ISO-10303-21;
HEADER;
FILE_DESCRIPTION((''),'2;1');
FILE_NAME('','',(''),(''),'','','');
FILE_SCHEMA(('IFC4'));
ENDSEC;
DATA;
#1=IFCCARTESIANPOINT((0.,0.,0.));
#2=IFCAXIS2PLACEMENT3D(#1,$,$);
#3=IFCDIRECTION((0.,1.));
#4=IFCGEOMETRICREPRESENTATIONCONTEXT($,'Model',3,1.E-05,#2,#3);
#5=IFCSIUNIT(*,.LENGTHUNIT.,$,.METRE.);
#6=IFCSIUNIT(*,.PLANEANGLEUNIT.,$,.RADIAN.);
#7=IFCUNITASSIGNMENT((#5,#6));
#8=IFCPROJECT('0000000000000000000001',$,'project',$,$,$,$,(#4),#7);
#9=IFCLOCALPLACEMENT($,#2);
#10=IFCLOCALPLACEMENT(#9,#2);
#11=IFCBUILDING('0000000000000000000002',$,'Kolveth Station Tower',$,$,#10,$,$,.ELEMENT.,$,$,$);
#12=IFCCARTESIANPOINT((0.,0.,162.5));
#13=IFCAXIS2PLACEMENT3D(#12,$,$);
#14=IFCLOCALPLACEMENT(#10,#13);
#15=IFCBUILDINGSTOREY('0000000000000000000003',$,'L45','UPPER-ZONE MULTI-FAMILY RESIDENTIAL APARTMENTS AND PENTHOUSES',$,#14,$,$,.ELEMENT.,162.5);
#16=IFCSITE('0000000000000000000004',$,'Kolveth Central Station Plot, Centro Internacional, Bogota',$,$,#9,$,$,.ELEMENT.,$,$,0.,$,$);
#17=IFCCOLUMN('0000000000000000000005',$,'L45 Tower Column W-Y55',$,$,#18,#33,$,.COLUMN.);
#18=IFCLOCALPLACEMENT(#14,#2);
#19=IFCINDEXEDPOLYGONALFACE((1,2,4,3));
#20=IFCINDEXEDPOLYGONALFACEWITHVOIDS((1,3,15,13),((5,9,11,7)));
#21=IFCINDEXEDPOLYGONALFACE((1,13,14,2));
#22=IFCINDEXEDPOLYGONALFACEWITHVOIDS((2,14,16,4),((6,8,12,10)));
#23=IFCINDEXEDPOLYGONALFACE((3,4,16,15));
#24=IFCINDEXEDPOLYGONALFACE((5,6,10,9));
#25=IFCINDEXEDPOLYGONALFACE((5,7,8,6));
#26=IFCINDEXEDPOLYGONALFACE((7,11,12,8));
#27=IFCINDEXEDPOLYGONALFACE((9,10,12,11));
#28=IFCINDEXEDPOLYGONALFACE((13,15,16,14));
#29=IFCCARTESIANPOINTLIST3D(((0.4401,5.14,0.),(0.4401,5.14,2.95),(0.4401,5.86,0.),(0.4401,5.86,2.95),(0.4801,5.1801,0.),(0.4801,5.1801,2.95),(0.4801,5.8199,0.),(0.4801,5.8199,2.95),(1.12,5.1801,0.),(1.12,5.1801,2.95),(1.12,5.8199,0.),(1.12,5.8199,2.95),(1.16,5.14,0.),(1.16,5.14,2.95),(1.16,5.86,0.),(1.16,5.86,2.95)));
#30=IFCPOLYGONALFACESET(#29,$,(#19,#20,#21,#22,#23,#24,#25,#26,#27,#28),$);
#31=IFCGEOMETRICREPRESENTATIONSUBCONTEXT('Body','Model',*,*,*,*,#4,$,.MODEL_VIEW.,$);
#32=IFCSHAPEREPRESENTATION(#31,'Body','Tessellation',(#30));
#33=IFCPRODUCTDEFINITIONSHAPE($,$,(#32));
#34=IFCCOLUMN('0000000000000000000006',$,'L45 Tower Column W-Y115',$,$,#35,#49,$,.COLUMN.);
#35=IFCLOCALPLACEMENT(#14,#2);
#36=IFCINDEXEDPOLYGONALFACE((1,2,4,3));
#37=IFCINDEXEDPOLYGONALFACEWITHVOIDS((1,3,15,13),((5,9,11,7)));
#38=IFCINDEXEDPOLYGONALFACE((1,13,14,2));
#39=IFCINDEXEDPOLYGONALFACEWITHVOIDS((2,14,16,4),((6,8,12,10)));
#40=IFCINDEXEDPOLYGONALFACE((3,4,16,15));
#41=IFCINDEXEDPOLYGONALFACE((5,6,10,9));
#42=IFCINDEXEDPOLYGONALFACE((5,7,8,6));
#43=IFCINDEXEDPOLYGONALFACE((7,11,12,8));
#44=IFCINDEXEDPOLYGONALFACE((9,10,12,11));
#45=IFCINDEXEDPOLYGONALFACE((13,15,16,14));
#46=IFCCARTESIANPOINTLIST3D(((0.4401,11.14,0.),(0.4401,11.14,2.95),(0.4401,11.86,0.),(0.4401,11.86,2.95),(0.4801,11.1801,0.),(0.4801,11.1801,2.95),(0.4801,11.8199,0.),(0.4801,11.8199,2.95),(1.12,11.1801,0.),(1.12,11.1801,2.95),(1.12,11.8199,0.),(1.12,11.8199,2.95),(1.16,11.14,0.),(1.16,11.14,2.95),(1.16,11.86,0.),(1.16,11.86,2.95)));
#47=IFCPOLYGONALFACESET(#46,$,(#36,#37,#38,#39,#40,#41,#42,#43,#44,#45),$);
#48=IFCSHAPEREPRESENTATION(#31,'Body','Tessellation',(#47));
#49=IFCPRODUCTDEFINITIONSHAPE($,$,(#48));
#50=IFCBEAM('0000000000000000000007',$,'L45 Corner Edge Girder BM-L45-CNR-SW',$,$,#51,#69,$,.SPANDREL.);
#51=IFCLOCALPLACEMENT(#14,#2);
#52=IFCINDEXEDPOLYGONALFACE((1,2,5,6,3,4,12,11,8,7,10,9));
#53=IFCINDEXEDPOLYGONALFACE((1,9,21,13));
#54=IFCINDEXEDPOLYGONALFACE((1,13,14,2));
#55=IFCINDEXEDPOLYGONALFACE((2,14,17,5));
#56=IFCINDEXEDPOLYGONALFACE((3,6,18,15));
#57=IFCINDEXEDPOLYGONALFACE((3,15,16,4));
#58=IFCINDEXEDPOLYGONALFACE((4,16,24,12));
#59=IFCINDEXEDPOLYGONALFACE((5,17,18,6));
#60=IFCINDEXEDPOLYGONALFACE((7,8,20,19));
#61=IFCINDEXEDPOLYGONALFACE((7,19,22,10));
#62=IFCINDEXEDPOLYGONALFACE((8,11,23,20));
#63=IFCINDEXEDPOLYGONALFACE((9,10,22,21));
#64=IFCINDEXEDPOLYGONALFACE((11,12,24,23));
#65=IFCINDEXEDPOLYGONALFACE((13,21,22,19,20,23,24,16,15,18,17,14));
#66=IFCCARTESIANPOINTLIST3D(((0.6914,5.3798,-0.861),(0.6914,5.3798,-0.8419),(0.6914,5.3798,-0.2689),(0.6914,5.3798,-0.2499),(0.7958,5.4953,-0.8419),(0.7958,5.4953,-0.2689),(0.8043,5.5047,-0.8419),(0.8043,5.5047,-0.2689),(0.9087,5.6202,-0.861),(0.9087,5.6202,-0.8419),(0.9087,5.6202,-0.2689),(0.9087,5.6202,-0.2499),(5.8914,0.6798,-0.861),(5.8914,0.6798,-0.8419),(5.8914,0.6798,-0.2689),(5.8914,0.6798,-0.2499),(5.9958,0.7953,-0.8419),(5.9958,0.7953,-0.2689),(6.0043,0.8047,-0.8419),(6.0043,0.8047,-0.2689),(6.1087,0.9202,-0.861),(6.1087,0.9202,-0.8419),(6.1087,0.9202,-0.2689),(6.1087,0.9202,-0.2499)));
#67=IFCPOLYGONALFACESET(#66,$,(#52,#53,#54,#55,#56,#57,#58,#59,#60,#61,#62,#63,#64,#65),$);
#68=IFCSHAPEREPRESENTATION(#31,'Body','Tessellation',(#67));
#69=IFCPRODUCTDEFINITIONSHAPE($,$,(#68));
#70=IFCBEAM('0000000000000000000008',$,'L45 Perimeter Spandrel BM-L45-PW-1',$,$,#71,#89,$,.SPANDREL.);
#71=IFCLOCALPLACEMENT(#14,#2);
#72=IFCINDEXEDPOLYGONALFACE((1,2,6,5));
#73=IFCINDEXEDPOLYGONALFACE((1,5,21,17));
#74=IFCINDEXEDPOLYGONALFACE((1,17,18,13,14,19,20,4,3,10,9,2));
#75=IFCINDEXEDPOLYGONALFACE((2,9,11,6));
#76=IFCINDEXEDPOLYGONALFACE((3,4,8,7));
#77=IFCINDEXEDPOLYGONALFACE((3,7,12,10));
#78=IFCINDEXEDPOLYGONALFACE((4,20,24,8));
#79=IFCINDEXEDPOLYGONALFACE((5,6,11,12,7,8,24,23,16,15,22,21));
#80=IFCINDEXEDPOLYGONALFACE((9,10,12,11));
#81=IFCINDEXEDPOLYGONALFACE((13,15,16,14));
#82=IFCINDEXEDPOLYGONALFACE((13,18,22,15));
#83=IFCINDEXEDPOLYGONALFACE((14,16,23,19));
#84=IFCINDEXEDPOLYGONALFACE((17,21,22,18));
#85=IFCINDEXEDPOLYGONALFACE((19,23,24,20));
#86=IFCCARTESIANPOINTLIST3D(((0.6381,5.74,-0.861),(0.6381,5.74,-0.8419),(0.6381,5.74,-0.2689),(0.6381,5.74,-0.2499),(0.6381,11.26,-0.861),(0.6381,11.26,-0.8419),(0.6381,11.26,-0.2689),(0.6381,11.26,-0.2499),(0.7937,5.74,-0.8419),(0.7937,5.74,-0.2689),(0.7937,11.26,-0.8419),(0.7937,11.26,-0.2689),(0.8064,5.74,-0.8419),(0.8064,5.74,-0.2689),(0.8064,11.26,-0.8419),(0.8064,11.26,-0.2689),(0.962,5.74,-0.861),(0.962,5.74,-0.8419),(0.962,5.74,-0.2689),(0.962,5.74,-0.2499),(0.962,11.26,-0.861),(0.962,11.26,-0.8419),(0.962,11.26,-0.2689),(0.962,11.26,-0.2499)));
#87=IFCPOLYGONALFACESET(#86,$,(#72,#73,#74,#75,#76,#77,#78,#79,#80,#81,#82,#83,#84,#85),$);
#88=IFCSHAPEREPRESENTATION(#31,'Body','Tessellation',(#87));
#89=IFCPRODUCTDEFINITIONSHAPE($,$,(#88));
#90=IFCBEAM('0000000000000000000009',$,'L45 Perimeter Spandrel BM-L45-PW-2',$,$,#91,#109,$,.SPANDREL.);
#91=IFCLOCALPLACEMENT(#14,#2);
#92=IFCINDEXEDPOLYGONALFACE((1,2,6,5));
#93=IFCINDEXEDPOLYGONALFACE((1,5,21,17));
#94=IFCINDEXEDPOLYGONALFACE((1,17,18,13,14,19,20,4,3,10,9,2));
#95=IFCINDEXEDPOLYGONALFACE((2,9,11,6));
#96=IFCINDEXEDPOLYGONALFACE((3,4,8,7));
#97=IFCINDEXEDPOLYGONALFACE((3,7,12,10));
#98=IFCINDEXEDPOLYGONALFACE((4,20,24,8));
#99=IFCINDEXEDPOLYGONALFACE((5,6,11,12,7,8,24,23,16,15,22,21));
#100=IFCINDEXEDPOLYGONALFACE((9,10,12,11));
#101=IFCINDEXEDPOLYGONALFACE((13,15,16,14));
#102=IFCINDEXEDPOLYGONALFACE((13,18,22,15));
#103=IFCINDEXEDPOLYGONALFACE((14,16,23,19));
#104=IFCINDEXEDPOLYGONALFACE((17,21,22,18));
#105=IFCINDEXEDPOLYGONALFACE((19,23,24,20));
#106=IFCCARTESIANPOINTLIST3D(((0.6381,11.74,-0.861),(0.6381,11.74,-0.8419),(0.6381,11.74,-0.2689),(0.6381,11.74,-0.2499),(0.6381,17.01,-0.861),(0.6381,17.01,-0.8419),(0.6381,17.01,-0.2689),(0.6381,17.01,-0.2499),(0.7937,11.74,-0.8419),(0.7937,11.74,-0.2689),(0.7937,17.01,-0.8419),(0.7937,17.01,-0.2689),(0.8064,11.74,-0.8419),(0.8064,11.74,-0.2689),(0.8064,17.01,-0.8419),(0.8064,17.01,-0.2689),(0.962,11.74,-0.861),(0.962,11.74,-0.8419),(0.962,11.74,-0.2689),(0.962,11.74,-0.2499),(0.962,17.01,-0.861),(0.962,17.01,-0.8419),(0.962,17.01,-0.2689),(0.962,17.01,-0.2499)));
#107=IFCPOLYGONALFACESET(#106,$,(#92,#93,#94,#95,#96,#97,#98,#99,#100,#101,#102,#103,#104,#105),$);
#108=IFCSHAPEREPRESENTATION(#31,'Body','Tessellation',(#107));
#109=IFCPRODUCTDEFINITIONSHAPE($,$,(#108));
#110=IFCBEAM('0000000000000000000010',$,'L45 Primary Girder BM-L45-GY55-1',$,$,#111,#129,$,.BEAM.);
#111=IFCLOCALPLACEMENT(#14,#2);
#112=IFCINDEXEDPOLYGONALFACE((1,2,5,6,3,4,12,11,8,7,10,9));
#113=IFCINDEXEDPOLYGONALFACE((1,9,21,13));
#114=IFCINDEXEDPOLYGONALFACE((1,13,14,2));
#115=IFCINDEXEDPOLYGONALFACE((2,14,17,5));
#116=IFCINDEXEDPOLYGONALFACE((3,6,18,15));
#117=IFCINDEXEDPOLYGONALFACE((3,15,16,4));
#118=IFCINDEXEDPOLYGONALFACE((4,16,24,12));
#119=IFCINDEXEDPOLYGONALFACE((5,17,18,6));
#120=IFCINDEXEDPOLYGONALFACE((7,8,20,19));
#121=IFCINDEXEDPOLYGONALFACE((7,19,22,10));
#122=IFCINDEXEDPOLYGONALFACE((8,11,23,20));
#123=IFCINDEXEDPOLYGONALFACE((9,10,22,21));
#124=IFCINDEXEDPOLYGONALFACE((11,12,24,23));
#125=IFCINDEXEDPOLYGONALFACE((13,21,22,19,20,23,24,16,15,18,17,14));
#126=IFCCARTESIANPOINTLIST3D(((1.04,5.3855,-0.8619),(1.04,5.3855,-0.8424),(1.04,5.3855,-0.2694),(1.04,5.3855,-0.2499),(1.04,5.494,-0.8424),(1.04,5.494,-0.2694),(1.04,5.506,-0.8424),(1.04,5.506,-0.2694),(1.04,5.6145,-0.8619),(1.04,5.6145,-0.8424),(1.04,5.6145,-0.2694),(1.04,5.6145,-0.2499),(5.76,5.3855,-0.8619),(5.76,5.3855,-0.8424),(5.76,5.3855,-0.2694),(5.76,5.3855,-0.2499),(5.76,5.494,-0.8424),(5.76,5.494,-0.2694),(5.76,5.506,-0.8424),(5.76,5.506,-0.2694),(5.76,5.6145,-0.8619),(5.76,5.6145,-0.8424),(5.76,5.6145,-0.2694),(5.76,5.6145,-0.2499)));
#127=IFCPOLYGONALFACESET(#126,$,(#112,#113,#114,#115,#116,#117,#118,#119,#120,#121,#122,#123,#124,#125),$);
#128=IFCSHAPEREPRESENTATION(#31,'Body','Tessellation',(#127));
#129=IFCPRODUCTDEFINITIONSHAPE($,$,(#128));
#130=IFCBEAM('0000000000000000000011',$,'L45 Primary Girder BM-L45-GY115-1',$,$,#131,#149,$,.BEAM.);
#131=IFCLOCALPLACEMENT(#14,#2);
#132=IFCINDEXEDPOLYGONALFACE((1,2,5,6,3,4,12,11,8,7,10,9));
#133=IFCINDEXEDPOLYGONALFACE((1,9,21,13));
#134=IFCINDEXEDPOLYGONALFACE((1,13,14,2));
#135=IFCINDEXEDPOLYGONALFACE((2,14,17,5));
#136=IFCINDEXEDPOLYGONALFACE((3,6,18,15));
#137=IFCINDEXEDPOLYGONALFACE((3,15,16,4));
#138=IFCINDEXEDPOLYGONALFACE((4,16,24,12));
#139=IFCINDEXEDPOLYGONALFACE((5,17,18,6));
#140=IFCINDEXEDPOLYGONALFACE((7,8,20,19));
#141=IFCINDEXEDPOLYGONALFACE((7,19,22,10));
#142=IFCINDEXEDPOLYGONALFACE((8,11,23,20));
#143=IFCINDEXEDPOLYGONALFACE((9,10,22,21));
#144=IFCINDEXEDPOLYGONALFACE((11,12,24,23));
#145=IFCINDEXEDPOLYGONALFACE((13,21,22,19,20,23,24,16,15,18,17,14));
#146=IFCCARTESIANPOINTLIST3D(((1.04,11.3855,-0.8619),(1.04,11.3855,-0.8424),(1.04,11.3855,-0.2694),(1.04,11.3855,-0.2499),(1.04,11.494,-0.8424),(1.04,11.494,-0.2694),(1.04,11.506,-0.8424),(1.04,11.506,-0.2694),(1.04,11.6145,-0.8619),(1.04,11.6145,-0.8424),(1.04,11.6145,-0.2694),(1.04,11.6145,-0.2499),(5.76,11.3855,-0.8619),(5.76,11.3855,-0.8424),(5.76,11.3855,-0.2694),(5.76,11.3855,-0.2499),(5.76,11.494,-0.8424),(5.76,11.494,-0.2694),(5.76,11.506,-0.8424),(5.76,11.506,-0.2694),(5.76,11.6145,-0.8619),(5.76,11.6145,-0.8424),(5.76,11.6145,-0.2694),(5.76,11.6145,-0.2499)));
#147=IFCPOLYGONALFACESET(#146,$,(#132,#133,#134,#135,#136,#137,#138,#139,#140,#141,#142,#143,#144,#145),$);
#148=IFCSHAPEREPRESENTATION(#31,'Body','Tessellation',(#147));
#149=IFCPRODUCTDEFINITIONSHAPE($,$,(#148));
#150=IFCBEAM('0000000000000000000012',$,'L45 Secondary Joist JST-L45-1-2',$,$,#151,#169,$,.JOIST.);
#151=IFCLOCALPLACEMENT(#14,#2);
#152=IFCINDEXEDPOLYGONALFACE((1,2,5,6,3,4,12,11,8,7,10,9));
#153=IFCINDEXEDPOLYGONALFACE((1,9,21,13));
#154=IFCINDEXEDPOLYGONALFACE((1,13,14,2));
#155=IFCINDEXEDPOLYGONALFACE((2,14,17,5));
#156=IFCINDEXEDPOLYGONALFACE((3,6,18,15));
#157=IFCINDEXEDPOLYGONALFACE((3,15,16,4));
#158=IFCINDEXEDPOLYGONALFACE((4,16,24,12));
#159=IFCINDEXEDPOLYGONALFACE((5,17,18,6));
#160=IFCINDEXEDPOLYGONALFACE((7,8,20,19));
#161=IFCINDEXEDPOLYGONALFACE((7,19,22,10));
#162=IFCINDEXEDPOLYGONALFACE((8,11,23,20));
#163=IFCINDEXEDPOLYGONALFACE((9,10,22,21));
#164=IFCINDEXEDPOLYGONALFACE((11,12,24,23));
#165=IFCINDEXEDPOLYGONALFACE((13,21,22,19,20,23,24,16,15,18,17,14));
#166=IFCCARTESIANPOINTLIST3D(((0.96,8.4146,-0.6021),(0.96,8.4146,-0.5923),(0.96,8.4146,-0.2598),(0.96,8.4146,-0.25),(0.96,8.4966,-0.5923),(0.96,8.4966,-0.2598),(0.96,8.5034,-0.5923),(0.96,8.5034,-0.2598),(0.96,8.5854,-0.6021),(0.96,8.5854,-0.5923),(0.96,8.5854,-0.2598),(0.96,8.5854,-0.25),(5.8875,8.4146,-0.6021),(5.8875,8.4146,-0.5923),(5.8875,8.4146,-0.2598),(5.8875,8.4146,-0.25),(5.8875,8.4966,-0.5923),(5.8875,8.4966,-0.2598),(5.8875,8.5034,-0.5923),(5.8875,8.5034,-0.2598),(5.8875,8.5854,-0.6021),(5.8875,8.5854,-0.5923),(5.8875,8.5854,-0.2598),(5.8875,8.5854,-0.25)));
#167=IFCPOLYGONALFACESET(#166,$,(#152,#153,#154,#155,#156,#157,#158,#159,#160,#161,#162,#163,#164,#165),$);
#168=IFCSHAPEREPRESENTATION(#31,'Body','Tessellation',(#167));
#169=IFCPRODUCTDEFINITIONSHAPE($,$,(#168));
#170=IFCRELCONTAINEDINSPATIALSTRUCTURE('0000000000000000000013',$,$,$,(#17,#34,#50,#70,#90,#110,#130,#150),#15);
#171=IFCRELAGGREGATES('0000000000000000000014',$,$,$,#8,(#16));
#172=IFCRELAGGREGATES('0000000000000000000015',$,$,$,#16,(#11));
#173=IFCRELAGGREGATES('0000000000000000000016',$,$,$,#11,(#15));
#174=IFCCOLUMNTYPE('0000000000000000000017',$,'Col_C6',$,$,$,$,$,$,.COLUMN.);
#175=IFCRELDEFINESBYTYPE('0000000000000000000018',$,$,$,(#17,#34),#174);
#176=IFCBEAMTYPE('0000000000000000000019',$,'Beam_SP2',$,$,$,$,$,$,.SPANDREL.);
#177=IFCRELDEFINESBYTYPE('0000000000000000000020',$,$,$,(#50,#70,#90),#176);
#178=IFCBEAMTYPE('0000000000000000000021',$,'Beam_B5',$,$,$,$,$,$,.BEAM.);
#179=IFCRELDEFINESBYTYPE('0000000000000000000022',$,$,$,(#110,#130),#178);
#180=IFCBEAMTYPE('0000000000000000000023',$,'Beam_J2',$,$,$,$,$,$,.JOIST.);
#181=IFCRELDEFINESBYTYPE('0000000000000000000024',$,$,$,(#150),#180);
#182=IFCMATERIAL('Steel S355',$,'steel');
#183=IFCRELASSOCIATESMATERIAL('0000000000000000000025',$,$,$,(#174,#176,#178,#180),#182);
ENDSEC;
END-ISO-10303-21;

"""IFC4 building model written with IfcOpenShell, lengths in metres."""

from ifc_helpers import new_model, si_unit, direction, frame, origin, origin_2d, place, context, subcontext, project, spatial, hollow_rectangle, i_section, extrude, source, transform, mapped, material, material_profile, profile_set, type_object, element, save


model = new_model("IFC4")

# Units and contexts
model_context = context("Model", 3, precision=1e-05, world=origin(), true_north=direction((0.0, 1.0)))
body_context = subcontext(model_context, "Body", "Model", "MODEL_VIEW")
ifc_project = project(units=[si_unit("LENGTHUNIT", "METRE"), si_unit("PLANEANGLEUNIT", "RADIAN")], contexts=[model_context])

# Site, building, storey
site_placement = place(None, origin())
site = spatial("IfcSite", under=ifc_project, at=site_placement, Name="Kolveth Central Station Plot, Centro Internacional, Bogota", CompositionType="ELEMENT", RefElevation=0.0)
building_placement = place(site_placement, origin())
building = spatial("IfcBuilding", under=site, at=building_placement, Name="Kolveth Station Tower", CompositionType="ELEMENT")
storey_placement = place(building_placement, frame((0.0, 0.0, 162.5)))
storey = spatial("IfcBuildingStorey", under=building, at=storey_placement, Name="L45", Description="UPPER-ZONE MULTI-FAMILY RESIDENTIAL APARTMENTS AND PENTHOUSES", CompositionType="ELEMENT", Elevation=162.5)

# Columns
ifc_material_1 = material(Name="Steel S355", Category="steel")
ifc_material_profile_1 = material_profile(ifc_material_1, hollow_rectangle(XDim=0.72, YDim=0.72, WallThickness=0.04, at=origin_2d()), Name="BOX720x720x40")
ifc_profile_set_1 = profile_set([ifc_material_profile_1], Name="Steel S355")
column_type = type_object("IfcColumnType", Name="Col_C6", PredefinedType="COLUMN", material=ifc_profile_set_1)
shared_shape_1 = source(origin(), body_context, "Body", "SweptSolid", [
    extrude(hollow_rectangle(XDim=0.72, YDim=0.72, WallThickness=0.04, at=origin_2d()), origin(), (0.0, 0.0, 1.0), 2.95),
])
for number, where, z_axis, x_axis, name in (
    (1, (0.8, 5.5, 0.0), (0.0, 0.0, 1.0), (1.0, 0.0, 0.0), "L45 Tower Column W-Y55"),
    (2, (0.8, 11.5, 0.0), (0.0, 0.0, 1.0), (1.0, 0.0, 0.0), "L45 Tower Column W-Y115"),
):
    element("IfcColumn", number, at=place(storey_placement, frame(where, z_axis=z_axis, x_axis=x_axis)), inside=storey, type_object=column_type, Name=name, PredefinedType="COLUMN", context=body_context, shape_type="MappedRepresentation", body=[
        mapped(shared_shape_1, transform((0.0, 0.0, 0.0), x_axis=(1.0, 0.0, 0.0), y_axis=(0.0, 1.0, 0.0), z_axis=(0.0, 0.0, 1.0), scale=1.0)),
    ])

# Beams
ifc_material_profile_2 = material_profile(ifc_material_1, i_section(OverallWidth=0.324, OverallDepth=0.6111, WebThickness=0.0127, FlangeThickness=0.019, at=origin_2d()), Name="W610x155")
ifc_profile_set_2 = profile_set([ifc_material_profile_2], Name="Steel S355")
beam_type_1 = type_object("IfcBeamType", Name="Beam_SP2", PredefinedType="SPANDREL", material=ifc_profile_set_2)
shared_shape_2 = source(origin(), body_context, "Body", "SweptSolid", [
    extrude(i_section(OverallWidth=0.324, OverallDepth=0.6111, WebThickness=0.0127, FlangeThickness=0.019, at=origin_2d()), origin(), (0.0, 0.0, 1.0), 7.0093),
])
beam_1_placement = place(storey_placement, frame((0.8, 5.5, -0.5554), z_axis=(0.741874, -0.670539, 0.0), x_axis=(0.670539, 0.741874, 0.0)))
element("IfcBeam", 3, at=beam_1_placement, inside=storey, type_object=beam_type_1, Name="L45 Corner Edge Girder BM-L45-CNR-SW", PredefinedType="SPANDREL", context=body_context, shape_type="MappedRepresentation", body=[
    mapped(shared_shape_2, transform((0.0, 0.0, 0.0), x_axis=(1.0, 0.0, 0.0), y_axis=(0.0, 1.0, 0.0), z_axis=(0.0, 0.0, 1.0), scale=1.0)),
])
shared_shape_3 = source(origin(), body_context, "Body", "SweptSolid", [
    extrude(i_section(OverallWidth=0.324, OverallDepth=0.6111, WebThickness=0.0127, FlangeThickness=0.019, at=origin_2d()), origin(), (0.0, 0.0, 1.0), 5.52),
])
beam_2_placement = place(storey_placement, frame((0.8, 5.74, -0.5554), z_axis=(0.0, 1.0, 0.0), x_axis=(-1.0, 0.0, 0.0)))
element("IfcBeam", 4, at=beam_2_placement, inside=storey, type_object=beam_type_1, Name="L45 Perimeter Spandrel BM-L45-PW-1", PredefinedType="SPANDREL", context=body_context, shape_type="MappedRepresentation", body=[
    mapped(shared_shape_3, transform((0.0, 0.0, 0.0), x_axis=(1.0, 0.0, 0.0), y_axis=(0.0, 1.0, 0.0), z_axis=(0.0, 0.0, 1.0), scale=1.0)),
])
shared_shape_4 = source(origin(), body_context, "Body", "SweptSolid", [
    extrude(i_section(OverallWidth=0.324, OverallDepth=0.6111, WebThickness=0.0127, FlangeThickness=0.019, at=origin_2d()), origin(), (0.0, 0.0, 1.0), 5.27),
])
beam_3_placement = place(storey_placement, frame((0.8, 11.74, -0.5554), z_axis=(0.0, 1.0, 0.0), x_axis=(-1.0, 0.0, 0.0)))
element("IfcBeam", 5, at=beam_3_placement, inside=storey, type_object=beam_type_1, Name="L45 Perimeter Spandrel BM-L45-PW-2", PredefinedType="SPANDREL", context=body_context, shape_type="MappedRepresentation", body=[
    mapped(shared_shape_4, transform((0.0, 0.0, 0.0), x_axis=(1.0, 0.0, 0.0), y_axis=(0.0, 1.0, 0.0), z_axis=(0.0, 0.0, 1.0), scale=1.0)),
])
ifc_material_profile_3 = material_profile(ifc_material_1, i_section(OverallWidth=0.229, OverallDepth=0.6121, WebThickness=0.012, FlangeThickness=0.0195, at=origin_2d()), Name="W610x125")
ifc_profile_set_3 = profile_set([ifc_material_profile_3], Name="Steel S355")
beam_type_2 = type_object("IfcBeamType", Name="Beam_B5", PredefinedType="BEAM", material=ifc_profile_set_3)
shared_shape_5 = source(origin(), body_context, "Body", "SweptSolid", [
    extrude(i_section(OverallWidth=0.229, OverallDepth=0.6121, WebThickness=0.012, FlangeThickness=0.0195, at=origin_2d()), origin(), (0.0, 0.0, 1.0), 4.72),
])
for number, where, z_axis, x_axis, name in (
    (6, (1.04, 5.5, -0.5559), (1.0, 0.0, 0.0), (0.0, 1.0, 0.0), "L45 Primary Girder BM-L45-GY55-1"),
    (7, (1.04, 11.5, -0.5559), (1.0, 0.0, 0.0), (0.0, 1.0, 0.0), "L45 Primary Girder BM-L45-GY115-1"),
):
    element("IfcBeam", number, at=place(storey_placement, frame(where, z_axis=z_axis, x_axis=x_axis)), inside=storey, type_object=beam_type_2, Name=name, PredefinedType="BEAM", context=body_context, shape_type="MappedRepresentation", body=[
        mapped(shared_shape_5, transform((0.0, 0.0, 0.0), x_axis=(1.0, 0.0, 0.0), y_axis=(0.0, 1.0, 0.0), z_axis=(0.0, 0.0, 1.0), scale=1.0)),
    ])
ifc_material_profile_4 = material_profile(ifc_material_1, i_section(OverallWidth=0.1709, OverallDepth=0.3521, WebThickness=0.0068, FlangeThickness=0.0098, at=origin_2d()), Name="W360x44")
ifc_profile_set_4 = profile_set([ifc_material_profile_4], Name="Steel S355")
beam_type_3 = type_object("IfcBeamType", Name="Beam_J2", PredefinedType="JOIST", material=ifc_profile_set_4)
shared_shape_6 = source(origin(), body_context, "Body", "SweptSolid", [
    extrude(i_section(OverallWidth=0.1709, OverallDepth=0.3521, WebThickness=0.0068, FlangeThickness=0.0098, at=origin_2d()), origin(), (0.0, 0.0, 1.0), 4.9275),
])
for number, where, z_axis, x_axis, name in (
    (8, (0.96, 8.5, -0.426), (1.0, 0.0, 0.0), (0.0, 1.0, 0.0), "L45 Secondary Joist JST-L45-1-2"),
):
    element("IfcBeam", number, at=place(storey_placement, frame(where, z_axis=z_axis, x_axis=x_axis)), inside=storey, type_object=beam_type_3, Name=name, PredefinedType="JOIST", context=body_context, shape_type="MappedRepresentation", body=[
        mapped(shared_shape_6, transform((0.0, 0.0, 0.0), x_axis=(1.0, 0.0, 0.0), y_axis=(0.0, 1.0, 0.0), z_axis=(0.0, 0.0, 1.0), scale=1.0)),
    ])

save(model, "model.ifc")
